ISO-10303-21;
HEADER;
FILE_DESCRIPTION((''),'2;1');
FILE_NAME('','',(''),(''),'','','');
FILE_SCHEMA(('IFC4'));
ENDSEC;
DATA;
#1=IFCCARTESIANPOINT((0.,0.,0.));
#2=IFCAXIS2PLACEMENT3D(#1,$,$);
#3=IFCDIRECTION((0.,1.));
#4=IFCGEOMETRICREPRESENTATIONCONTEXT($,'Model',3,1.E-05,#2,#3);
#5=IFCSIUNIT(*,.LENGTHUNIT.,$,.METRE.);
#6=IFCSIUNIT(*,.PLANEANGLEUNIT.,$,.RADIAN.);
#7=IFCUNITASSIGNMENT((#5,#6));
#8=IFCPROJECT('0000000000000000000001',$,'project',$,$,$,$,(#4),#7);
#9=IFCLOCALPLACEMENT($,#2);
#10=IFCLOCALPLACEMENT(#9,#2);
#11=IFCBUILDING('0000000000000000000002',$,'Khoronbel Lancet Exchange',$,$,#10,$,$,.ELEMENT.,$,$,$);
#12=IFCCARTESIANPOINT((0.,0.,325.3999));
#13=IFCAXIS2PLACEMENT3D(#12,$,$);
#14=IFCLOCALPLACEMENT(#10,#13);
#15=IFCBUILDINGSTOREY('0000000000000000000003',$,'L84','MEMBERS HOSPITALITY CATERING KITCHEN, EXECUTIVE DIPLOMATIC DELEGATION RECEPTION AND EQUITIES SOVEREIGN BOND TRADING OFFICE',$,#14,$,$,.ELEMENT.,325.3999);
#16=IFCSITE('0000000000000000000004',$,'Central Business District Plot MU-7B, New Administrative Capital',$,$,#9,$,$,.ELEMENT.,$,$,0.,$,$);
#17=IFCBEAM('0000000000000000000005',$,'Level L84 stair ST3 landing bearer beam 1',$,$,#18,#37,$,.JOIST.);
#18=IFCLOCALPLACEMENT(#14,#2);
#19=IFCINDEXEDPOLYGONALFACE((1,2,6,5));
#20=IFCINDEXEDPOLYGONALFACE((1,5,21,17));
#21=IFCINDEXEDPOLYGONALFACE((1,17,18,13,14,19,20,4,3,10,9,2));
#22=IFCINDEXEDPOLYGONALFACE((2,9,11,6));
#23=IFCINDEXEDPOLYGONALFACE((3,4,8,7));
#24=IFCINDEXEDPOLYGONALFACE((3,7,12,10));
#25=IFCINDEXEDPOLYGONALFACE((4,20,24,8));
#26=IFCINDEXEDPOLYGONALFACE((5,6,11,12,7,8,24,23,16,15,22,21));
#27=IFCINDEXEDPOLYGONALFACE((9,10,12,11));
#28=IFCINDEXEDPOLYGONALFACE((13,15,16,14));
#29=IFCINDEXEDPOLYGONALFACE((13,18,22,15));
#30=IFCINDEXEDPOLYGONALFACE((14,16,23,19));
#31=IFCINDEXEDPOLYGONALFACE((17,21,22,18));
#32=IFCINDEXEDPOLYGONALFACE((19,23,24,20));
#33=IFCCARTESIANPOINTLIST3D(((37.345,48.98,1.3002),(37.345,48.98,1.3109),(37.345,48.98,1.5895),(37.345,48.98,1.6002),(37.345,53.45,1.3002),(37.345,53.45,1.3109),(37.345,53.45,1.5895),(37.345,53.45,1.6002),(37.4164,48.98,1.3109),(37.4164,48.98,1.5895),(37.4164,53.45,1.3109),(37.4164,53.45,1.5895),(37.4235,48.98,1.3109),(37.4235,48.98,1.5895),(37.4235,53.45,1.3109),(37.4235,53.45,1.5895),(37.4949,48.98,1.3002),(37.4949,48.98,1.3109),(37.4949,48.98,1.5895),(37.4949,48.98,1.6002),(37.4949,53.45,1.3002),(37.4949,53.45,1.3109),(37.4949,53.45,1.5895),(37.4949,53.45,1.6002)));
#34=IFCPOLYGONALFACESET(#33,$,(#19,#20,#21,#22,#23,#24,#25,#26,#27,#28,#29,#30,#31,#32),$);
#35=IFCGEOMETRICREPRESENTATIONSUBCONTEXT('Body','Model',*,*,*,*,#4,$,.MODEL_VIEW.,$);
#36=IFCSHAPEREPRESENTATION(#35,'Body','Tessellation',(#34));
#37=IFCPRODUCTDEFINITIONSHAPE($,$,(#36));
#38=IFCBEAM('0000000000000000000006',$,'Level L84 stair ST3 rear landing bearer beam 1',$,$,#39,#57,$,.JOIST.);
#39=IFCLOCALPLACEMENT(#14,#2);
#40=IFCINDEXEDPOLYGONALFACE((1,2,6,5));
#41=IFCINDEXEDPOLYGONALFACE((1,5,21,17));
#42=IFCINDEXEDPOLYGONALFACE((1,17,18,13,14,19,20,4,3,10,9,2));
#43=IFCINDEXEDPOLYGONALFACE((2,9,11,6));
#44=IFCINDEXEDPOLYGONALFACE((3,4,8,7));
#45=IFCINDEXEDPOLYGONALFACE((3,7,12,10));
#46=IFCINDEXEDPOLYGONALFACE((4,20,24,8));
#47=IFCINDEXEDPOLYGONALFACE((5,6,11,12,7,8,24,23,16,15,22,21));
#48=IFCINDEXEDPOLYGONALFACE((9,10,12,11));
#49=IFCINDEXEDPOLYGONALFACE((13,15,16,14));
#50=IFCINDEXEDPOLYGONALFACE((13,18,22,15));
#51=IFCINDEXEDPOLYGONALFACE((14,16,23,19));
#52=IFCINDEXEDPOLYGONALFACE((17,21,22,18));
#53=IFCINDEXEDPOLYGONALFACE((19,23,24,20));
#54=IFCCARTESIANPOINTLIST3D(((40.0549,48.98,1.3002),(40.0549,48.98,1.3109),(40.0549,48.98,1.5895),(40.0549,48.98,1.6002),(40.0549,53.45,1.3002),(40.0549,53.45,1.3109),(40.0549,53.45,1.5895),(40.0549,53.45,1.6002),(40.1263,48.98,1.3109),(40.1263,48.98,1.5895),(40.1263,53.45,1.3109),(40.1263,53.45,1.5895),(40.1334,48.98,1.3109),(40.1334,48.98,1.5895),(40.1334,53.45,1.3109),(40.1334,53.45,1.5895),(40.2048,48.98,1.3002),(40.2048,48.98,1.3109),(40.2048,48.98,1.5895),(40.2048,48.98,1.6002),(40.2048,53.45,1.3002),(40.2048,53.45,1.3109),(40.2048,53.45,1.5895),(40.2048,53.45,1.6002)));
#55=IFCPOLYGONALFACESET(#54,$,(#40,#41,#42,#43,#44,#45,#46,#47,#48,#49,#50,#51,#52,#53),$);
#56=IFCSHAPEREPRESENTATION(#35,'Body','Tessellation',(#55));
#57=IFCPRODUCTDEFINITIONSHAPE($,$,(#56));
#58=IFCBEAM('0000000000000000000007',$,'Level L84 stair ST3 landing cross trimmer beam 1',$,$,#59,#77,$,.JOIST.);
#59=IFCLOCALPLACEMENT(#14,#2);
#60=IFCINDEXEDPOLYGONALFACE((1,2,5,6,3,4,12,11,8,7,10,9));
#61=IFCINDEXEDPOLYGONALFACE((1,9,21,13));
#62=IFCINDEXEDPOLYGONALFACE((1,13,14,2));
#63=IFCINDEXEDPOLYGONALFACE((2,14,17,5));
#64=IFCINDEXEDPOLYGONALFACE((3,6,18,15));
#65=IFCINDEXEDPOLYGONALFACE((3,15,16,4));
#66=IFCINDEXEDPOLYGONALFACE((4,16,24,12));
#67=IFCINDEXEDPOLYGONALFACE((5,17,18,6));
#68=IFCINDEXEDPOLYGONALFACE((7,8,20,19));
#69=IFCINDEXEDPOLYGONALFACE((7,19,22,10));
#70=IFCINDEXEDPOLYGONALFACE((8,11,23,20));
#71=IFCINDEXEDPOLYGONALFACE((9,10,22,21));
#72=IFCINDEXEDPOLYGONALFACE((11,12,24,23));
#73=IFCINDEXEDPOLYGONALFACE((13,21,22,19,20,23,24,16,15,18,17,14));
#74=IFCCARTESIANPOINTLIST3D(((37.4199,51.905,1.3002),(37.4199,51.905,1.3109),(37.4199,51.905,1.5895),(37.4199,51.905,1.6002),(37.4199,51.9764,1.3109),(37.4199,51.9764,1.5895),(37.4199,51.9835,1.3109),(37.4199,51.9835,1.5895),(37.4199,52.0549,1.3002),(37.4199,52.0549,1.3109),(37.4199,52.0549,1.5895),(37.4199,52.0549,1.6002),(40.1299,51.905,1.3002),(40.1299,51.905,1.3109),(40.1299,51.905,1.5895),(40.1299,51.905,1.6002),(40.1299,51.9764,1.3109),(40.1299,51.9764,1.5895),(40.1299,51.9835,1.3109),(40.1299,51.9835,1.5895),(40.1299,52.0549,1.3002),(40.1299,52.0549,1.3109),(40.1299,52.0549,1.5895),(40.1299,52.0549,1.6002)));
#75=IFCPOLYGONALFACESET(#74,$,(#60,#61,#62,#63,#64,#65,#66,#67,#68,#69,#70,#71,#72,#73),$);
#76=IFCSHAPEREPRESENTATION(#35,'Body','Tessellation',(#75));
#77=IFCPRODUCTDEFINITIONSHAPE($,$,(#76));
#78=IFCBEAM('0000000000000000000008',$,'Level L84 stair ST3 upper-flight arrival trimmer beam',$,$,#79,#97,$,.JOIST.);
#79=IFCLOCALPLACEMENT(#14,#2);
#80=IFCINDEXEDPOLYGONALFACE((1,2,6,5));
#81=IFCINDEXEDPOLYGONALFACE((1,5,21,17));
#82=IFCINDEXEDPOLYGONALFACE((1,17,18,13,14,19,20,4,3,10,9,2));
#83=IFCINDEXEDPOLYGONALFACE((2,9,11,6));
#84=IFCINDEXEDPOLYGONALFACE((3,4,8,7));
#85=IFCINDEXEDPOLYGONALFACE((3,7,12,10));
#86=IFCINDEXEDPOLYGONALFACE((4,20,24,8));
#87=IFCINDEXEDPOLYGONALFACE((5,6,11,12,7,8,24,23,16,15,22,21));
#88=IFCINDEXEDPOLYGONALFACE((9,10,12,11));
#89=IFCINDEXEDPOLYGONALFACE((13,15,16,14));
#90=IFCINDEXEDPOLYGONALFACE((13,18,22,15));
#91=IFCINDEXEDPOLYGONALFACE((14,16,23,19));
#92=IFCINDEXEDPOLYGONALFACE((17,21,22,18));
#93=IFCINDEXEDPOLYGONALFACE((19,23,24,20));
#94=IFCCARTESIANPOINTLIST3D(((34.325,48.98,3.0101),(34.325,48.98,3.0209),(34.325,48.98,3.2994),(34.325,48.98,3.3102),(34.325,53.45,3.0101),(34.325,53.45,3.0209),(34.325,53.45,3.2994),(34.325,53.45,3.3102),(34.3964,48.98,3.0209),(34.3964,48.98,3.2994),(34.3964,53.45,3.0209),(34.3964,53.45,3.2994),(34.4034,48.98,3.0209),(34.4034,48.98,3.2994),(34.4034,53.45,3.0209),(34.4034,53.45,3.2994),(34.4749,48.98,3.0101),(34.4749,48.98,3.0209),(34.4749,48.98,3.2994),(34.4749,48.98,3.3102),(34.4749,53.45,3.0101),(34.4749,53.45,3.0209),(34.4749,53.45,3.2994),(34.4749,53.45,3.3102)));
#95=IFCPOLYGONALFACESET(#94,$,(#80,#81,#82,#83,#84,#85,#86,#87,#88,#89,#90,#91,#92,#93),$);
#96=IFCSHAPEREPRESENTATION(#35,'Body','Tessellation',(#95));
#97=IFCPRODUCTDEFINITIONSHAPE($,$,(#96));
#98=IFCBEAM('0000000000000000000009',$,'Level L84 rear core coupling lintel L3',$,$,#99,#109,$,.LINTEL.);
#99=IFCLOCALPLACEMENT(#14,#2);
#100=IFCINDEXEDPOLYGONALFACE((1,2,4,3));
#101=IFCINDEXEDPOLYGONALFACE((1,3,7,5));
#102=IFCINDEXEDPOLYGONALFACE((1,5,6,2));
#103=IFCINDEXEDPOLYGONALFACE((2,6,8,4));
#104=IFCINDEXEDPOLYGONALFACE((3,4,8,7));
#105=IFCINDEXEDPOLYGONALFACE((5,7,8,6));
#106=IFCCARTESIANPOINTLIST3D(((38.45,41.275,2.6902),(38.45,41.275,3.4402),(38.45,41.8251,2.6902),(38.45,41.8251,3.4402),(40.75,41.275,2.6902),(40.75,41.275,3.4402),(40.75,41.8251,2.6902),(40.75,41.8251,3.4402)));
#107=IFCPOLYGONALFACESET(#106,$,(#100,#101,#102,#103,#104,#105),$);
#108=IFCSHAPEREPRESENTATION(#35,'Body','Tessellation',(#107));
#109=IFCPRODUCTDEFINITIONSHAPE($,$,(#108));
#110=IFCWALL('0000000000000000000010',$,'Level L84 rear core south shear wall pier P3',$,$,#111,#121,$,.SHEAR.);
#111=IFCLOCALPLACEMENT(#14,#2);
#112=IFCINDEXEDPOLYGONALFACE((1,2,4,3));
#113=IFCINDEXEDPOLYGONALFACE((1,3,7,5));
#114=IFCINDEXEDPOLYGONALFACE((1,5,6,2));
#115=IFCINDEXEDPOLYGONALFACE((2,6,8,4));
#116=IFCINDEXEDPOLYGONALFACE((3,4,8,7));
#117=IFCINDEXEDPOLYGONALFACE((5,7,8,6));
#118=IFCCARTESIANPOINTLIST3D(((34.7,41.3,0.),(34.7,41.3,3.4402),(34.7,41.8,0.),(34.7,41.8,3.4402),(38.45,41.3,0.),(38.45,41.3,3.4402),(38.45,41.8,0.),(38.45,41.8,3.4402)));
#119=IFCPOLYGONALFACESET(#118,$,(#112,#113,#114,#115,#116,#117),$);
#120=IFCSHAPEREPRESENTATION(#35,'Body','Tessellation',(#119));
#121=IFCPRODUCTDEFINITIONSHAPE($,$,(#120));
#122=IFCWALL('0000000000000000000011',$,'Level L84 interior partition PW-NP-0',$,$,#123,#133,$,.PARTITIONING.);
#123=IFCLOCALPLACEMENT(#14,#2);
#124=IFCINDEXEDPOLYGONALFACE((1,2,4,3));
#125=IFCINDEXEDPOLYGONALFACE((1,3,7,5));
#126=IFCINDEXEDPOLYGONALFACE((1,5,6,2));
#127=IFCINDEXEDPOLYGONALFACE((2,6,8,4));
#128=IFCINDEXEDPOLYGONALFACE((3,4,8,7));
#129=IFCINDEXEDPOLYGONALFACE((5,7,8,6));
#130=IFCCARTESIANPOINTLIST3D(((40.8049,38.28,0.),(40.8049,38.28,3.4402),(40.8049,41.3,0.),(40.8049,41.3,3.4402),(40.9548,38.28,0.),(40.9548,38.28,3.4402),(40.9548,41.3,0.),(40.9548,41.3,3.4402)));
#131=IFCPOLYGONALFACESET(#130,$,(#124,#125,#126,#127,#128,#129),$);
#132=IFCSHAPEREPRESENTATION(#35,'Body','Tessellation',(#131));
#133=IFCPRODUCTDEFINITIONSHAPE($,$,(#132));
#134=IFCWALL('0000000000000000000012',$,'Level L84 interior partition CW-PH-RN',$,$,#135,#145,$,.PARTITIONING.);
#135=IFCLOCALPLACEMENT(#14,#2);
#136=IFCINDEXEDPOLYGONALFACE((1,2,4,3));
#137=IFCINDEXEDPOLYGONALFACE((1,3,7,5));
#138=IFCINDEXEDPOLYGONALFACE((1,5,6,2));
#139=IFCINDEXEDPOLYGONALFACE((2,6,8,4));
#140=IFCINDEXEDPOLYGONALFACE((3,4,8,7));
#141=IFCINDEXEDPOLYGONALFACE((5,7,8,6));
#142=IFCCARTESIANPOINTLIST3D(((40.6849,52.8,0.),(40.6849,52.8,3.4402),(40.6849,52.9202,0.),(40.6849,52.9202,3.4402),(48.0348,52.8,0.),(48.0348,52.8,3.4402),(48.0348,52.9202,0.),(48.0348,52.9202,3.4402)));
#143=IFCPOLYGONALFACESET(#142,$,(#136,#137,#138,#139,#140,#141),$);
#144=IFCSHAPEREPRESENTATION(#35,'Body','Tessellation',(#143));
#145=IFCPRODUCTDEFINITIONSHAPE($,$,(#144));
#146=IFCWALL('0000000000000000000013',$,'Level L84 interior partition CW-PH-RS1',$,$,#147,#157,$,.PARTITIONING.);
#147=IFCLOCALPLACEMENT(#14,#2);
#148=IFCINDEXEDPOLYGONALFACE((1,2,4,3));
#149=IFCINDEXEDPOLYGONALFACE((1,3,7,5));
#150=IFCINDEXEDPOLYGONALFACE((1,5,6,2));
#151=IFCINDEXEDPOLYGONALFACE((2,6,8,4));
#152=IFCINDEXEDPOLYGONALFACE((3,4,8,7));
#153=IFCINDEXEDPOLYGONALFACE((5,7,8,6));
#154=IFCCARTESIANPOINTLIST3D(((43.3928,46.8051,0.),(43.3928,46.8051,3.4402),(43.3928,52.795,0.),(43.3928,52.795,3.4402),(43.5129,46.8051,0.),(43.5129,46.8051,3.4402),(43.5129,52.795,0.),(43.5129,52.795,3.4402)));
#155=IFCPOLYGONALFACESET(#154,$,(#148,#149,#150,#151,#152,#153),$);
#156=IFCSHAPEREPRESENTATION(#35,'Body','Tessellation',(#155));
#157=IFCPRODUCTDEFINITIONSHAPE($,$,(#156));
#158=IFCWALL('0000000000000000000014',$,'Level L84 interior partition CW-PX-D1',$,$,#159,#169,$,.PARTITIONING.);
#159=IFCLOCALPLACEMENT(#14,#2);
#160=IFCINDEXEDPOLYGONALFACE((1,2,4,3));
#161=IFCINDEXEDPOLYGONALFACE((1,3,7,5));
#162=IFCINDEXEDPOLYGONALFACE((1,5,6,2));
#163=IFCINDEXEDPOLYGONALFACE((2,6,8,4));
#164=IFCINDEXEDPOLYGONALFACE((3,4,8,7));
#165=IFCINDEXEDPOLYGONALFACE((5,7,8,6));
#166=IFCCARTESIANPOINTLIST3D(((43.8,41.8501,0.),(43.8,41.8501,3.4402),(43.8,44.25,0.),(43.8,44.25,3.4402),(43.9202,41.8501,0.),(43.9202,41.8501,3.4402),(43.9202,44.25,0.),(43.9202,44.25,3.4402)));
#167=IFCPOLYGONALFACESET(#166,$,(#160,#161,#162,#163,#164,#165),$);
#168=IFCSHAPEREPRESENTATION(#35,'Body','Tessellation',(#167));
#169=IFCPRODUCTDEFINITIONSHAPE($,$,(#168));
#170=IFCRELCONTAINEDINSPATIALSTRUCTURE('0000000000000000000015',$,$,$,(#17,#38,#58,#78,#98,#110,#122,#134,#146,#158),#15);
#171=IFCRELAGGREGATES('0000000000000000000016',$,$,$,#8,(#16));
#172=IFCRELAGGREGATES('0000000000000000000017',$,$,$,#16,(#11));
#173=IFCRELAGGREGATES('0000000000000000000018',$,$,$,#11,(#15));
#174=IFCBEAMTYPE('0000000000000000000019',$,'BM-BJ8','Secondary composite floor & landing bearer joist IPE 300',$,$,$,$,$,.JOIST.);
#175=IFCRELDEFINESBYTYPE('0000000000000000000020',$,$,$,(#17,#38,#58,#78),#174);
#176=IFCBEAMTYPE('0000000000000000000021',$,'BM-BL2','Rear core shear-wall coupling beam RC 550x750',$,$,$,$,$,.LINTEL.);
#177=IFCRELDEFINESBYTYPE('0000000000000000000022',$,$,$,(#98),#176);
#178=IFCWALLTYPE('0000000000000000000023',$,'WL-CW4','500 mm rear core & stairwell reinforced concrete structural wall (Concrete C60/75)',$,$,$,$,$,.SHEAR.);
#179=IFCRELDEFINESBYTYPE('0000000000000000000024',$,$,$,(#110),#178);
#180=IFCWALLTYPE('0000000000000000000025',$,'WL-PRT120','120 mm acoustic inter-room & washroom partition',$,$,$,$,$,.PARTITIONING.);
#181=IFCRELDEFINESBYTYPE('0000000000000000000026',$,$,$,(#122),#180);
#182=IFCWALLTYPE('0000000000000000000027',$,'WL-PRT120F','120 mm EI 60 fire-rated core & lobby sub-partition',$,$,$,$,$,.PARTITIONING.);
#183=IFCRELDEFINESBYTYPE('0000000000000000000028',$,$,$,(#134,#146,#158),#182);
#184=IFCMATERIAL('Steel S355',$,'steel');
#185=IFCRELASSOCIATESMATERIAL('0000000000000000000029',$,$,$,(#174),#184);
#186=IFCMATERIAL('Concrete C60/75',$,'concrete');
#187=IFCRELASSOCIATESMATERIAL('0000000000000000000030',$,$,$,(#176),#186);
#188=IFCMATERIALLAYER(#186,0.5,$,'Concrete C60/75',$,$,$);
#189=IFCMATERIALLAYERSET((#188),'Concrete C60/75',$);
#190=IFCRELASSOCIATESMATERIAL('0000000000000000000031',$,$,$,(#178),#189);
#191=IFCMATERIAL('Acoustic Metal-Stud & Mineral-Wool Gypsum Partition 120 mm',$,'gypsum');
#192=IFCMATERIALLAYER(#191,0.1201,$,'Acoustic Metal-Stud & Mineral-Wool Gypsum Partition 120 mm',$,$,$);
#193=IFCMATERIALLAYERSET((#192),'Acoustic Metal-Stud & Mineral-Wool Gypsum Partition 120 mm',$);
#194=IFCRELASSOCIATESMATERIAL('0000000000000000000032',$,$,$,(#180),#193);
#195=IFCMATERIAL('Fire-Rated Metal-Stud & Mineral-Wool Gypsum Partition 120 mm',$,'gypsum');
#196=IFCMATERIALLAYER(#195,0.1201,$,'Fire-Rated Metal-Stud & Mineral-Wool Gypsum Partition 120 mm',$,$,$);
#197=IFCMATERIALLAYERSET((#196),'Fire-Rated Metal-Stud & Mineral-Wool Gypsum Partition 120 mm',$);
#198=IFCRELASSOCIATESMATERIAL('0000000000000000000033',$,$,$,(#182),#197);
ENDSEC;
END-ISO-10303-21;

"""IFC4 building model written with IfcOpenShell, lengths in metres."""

from ifc_helpers import new_model, si_unit, direction, frame, frame_2d, origin, origin_2d, place, context, subcontext, project, spatial, rectangle, i_section, extrude, material, layer, layer_set, material_profile, profile_set, type_object, element, save


model = new_model("IFC4")

# Units and contexts
model_context = context("Model", 3, precision=1e-05, world=origin(), true_north=direction((0.0, 1.0)))
body_context = subcontext(model_context, "Body", "Model", "MODEL_VIEW")
ifc_project = project(units=[si_unit("LENGTHUNIT", "METRE"), si_unit("PLANEANGLEUNIT", "RADIAN")], contexts=[model_context])

# Site, building, storey
site_placement = place(None, origin())
site = spatial("IfcSite", under=ifc_project, at=site_placement, Name="Central Business District Plot MU-7B, New Administrative Capital", CompositionType="ELEMENT", RefElevation=0.0)
building_placement = place(site_placement, origin())
building = spatial("IfcBuilding", under=site, at=building_placement, Name="Khoronbel Lancet Exchange", CompositionType="ELEMENT")
storey_placement = place(building_placement, frame((0.0, 0.0, 325.3999)))
storey = spatial("IfcBuildingStorey", under=building, at=storey_placement, Name="L84", Description="MEMBERS HOSPITALITY CATERING KITCHEN, EXECUTIVE DIPLOMATIC DELEGATION RECEPTION AND EQUITIES SOVEREIGN BOND TRADING OFFICE", CompositionType="ELEMENT", Elevation=325.3999)

# Beams
ifc_material_1 = material(Name="Steel S355", Category="steel")
ifc_material_profile_1 = material_profile(ifc_material_1, i_section(OverallWidth=0.1499, OverallDepth=0.3, WebThickness=0.0071, FlangeThickness=0.0107, at=origin_2d()), Name="IPE 300")
ifc_profile_set_1 = profile_set([ifc_material_profile_1], Name="Steel S355")
beam_type_1 = type_object("IfcBeamType", Name="BM-BJ8", Description="Secondary composite floor & landing bearer joist IPE 300", PredefinedType="JOIST", material=ifc_profile_set_1)
for number, where, z_axis, x_axis, name in (
    (1, (37.4199, 48.98, 1.4502), (0.0, 1.0, 0.0), (-1.0, 0.0, 0.0), "Level L84 stair ST3 landing bearer beam 1"),
    (2, (40.1299, 48.98, 1.4502), (0.0, 1.0, 0.0), (-1.0, 0.0, 0.0), "Level L84 stair ST3 rear landing bearer beam 1"),
):
    element("IfcBeam", number, at=place(storey_placement, frame(where, z_axis=z_axis, x_axis=x_axis)), inside=storey, type_object=beam_type_1, Name=name, PredefinedType="JOIST", context=body_context, shape_type="SweptSolid", body=[
        extrude(i_section(OverallWidth=0.1499, OverallDepth=0.3, WebThickness=0.0071, FlangeThickness=0.0107, at=origin_2d()), origin(), (0.0, 0.0, 1.0), 4.47),
    ])
beam_1_placement = place(storey_placement, frame((37.4199, 51.98, 1.4502), z_axis=(1.0, 0.0, 0.0), x_axis=(0.0, 1.0, 0.0)))
element("IfcBeam", 3, at=beam_1_placement, inside=storey, type_object=beam_type_1, Name="Level L84 stair ST3 landing cross trimmer beam 1", PredefinedType="JOIST", context=body_context, shape_type="SweptSolid", body=[
    extrude(i_section(OverallWidth=0.1499, OverallDepth=0.3, WebThickness=0.0071, FlangeThickness=0.0107, at=origin_2d()), origin(), (0.0, 0.0, 1.0), 2.71),
])
beam_2_placement = place(storey_placement, frame((34.3999, 48.98, 3.1602), z_axis=(0.0, 1.0, 0.0), x_axis=(-1.0, 0.0, 0.0)))
element("IfcBeam", 4, at=beam_2_placement, inside=storey, type_object=beam_type_1, Name="Level L84 stair ST3 upper-flight arrival trimmer beam", PredefinedType="JOIST", context=body_context, shape_type="SweptSolid", body=[
    extrude(i_section(OverallWidth=0.1499, OverallDepth=0.3, WebThickness=0.0071, FlangeThickness=0.0107, at=origin_2d()), origin(), (0.0, 0.0, 1.0), 4.47),
])
ifc_material_2 = material(Name="Concrete C60/75", Category="concrete")
ifc_material_profile_2 = material_profile(ifc_material_2, rectangle(XDim=0.55, YDim=0.75, at=origin_2d()), Name="RC 550x750")
ifc_profile_set_2 = profile_set([ifc_material_profile_2], Name="Concrete C60/75")
beam_type_2 = type_object("IfcBeamType", Name="BM-BL2", Description="Rear core shear-wall coupling beam RC 550x750", PredefinedType="LINTEL", material=ifc_profile_set_2)
beam_3_placement = place(storey_placement, frame((38.45, 41.55, 3.0652), z_axis=(1.0, 0.0, 0.0), x_axis=(0.0, 1.0, 0.0)))
element("IfcBeam", 5, at=beam_3_placement, inside=storey, type_object=beam_type_2, Name="Level L84 rear core coupling lintel L3", PredefinedType="LINTEL", context=body_context, shape_type="SweptSolid", body=[
    extrude(rectangle(XDim=0.55, YDim=0.75, at=origin_2d()), origin(), (0.0, 0.0, 1.0), 2.3),
])

# Walls
ifc_layer_1 = layer(ifc_material_2, 0.5, Name="Concrete C60/75")
ifc_layer_set_1 = layer_set([ifc_layer_1], Name="Concrete C60/75")
wall_type_1 = type_object("IfcWallType", Name="WL-CW4", Description="500 mm rear core & stairwell reinforced concrete structural wall (Concrete C60/75)", PredefinedType="SHEAR", material=ifc_layer_set_1)
wall_1_placement = place(storey_placement, frame((38.45, 41.55, 0.0), z_axis=(0.0, 0.0, 1.0), x_axis=(-1.0, 0.0, 0.0)))
element("IfcWall", 6, at=wall_1_placement, inside=storey, type_object=wall_type_1, Name="Level L84 rear core south shear wall pier P3", PredefinedType="SHEAR", context=body_context, shape_type="SweptSolid", body=[
    extrude(rectangle(XDim=3.75, YDim=0.5, at=frame_2d((1.875, 0.0))), origin(), (0.0, 0.0, 1.0), 3.4402),
])
ifc_material_3 = material(Name="Acoustic Metal-Stud & Mineral-Wool Gypsum Partition 120 mm", Category="gypsum")
ifc_layer_2 = layer(ifc_material_3, 0.1201, Name="Acoustic Metal-Stud & Mineral-Wool Gypsum Partition 120 mm")
ifc_layer_set_2 = layer_set([ifc_layer_2], Name="Acoustic Metal-Stud & Mineral-Wool Gypsum Partition 120 mm")
wall_type_2 = type_object("IfcWallType", Name="WL-PRT120", Description="120 mm acoustic inter-room & washroom partition", PredefinedType="PARTITIONING", material=ifc_layer_set_2)
wall_2_placement = place(storey_placement, frame((40.8799, 38.28, 0.0), z_axis=(0.0, 0.0, 1.0), x_axis=(0.0, 1.0, 0.0)))
element("IfcWall", 7, at=wall_2_placement, inside=storey, type_object=wall_type_2, Name="Level L84 interior partition PW-NP-0", PredefinedType="PARTITIONING", context=body_context, shape_type="SweptSolid", body=[
    extrude(rectangle(XDim=3.02, YDim=0.1499, at=frame_2d((1.51, 0.0))), origin(), (0.0, 0.0, 1.0), 3.4402),
])
ifc_material_4 = material(Name="Fire-Rated Metal-Stud & Mineral-Wool Gypsum Partition 120 mm", Category="gypsum")
ifc_layer_3 = layer(ifc_material_4, 0.1201, Name="Fire-Rated Metal-Stud & Mineral-Wool Gypsum Partition 120 mm")
ifc_layer_set_3 = layer_set([ifc_layer_3], Name="Fire-Rated Metal-Stud & Mineral-Wool Gypsum Partition 120 mm")
wall_type_3 = type_object("IfcWallType", Name="WL-PRT120F", Description="120 mm EI 60 fire-rated core & lobby sub-partition", PredefinedType="PARTITIONING", material=ifc_layer_set_3)
wall_3_placement = place(storey_placement, frame((40.6851, 52.8601, 0.0), z_axis=(0.0, 0.0, 1.0), x_axis=(1.0, 0.0, 0.0)))
element("IfcWall", 8, at=wall_3_placement, inside=storey, type_object=wall_type_3, Name="Level L84 interior partition CW-PH-RN", PredefinedType="PARTITIONING", context=body_context, shape_type="SweptSolid", body=[
    extrude(rectangle(XDim=7.3499, YDim=0.1201, at=frame_2d((3.6748, 0.0))), origin(), (0.0, 0.0, 1.0), 3.4402),
])
wall_4_placement = place(storey_placement, frame((43.4529, 46.8049, 0.0), z_axis=(0.0, 0.0, 1.0), x_axis=(0.0, 1.0, 0.0)))
element("IfcWall", 9, at=wall_4_placement, inside=storey, type_object=wall_type_3, Name="Level L84 interior partition CW-PH-RS1", PredefinedType="PARTITIONING", context=body_context, shape_type="SweptSolid", body=[
    extrude(rectangle(XDim=5.99, YDim=0.1201, at=frame_2d((2.9951, 0.0))), origin(), (0.0, 0.0, 1.0), 3.4402),
])
wall_5_placement = place(storey_placement, frame((43.8601, 41.8501, 0.0), z_axis=(0.0, 0.0, 1.0), x_axis=(0.0, 1.0, 0.0)))
element("IfcWall", 10, at=wall_5_placement, inside=storey, type_object=wall_type_3, Name="Level L84 interior partition CW-PX-D1", PredefinedType="PARTITIONING", context=body_context, shape_type="SweptSolid", body=[
    extrude(rectangle(XDim=2.3999, YDim=0.1201, at=frame_2d((1.2, 0.0))), origin(), (0.0, 0.0, 1.0), 3.4402),
])

save(model, "model.ifc")
